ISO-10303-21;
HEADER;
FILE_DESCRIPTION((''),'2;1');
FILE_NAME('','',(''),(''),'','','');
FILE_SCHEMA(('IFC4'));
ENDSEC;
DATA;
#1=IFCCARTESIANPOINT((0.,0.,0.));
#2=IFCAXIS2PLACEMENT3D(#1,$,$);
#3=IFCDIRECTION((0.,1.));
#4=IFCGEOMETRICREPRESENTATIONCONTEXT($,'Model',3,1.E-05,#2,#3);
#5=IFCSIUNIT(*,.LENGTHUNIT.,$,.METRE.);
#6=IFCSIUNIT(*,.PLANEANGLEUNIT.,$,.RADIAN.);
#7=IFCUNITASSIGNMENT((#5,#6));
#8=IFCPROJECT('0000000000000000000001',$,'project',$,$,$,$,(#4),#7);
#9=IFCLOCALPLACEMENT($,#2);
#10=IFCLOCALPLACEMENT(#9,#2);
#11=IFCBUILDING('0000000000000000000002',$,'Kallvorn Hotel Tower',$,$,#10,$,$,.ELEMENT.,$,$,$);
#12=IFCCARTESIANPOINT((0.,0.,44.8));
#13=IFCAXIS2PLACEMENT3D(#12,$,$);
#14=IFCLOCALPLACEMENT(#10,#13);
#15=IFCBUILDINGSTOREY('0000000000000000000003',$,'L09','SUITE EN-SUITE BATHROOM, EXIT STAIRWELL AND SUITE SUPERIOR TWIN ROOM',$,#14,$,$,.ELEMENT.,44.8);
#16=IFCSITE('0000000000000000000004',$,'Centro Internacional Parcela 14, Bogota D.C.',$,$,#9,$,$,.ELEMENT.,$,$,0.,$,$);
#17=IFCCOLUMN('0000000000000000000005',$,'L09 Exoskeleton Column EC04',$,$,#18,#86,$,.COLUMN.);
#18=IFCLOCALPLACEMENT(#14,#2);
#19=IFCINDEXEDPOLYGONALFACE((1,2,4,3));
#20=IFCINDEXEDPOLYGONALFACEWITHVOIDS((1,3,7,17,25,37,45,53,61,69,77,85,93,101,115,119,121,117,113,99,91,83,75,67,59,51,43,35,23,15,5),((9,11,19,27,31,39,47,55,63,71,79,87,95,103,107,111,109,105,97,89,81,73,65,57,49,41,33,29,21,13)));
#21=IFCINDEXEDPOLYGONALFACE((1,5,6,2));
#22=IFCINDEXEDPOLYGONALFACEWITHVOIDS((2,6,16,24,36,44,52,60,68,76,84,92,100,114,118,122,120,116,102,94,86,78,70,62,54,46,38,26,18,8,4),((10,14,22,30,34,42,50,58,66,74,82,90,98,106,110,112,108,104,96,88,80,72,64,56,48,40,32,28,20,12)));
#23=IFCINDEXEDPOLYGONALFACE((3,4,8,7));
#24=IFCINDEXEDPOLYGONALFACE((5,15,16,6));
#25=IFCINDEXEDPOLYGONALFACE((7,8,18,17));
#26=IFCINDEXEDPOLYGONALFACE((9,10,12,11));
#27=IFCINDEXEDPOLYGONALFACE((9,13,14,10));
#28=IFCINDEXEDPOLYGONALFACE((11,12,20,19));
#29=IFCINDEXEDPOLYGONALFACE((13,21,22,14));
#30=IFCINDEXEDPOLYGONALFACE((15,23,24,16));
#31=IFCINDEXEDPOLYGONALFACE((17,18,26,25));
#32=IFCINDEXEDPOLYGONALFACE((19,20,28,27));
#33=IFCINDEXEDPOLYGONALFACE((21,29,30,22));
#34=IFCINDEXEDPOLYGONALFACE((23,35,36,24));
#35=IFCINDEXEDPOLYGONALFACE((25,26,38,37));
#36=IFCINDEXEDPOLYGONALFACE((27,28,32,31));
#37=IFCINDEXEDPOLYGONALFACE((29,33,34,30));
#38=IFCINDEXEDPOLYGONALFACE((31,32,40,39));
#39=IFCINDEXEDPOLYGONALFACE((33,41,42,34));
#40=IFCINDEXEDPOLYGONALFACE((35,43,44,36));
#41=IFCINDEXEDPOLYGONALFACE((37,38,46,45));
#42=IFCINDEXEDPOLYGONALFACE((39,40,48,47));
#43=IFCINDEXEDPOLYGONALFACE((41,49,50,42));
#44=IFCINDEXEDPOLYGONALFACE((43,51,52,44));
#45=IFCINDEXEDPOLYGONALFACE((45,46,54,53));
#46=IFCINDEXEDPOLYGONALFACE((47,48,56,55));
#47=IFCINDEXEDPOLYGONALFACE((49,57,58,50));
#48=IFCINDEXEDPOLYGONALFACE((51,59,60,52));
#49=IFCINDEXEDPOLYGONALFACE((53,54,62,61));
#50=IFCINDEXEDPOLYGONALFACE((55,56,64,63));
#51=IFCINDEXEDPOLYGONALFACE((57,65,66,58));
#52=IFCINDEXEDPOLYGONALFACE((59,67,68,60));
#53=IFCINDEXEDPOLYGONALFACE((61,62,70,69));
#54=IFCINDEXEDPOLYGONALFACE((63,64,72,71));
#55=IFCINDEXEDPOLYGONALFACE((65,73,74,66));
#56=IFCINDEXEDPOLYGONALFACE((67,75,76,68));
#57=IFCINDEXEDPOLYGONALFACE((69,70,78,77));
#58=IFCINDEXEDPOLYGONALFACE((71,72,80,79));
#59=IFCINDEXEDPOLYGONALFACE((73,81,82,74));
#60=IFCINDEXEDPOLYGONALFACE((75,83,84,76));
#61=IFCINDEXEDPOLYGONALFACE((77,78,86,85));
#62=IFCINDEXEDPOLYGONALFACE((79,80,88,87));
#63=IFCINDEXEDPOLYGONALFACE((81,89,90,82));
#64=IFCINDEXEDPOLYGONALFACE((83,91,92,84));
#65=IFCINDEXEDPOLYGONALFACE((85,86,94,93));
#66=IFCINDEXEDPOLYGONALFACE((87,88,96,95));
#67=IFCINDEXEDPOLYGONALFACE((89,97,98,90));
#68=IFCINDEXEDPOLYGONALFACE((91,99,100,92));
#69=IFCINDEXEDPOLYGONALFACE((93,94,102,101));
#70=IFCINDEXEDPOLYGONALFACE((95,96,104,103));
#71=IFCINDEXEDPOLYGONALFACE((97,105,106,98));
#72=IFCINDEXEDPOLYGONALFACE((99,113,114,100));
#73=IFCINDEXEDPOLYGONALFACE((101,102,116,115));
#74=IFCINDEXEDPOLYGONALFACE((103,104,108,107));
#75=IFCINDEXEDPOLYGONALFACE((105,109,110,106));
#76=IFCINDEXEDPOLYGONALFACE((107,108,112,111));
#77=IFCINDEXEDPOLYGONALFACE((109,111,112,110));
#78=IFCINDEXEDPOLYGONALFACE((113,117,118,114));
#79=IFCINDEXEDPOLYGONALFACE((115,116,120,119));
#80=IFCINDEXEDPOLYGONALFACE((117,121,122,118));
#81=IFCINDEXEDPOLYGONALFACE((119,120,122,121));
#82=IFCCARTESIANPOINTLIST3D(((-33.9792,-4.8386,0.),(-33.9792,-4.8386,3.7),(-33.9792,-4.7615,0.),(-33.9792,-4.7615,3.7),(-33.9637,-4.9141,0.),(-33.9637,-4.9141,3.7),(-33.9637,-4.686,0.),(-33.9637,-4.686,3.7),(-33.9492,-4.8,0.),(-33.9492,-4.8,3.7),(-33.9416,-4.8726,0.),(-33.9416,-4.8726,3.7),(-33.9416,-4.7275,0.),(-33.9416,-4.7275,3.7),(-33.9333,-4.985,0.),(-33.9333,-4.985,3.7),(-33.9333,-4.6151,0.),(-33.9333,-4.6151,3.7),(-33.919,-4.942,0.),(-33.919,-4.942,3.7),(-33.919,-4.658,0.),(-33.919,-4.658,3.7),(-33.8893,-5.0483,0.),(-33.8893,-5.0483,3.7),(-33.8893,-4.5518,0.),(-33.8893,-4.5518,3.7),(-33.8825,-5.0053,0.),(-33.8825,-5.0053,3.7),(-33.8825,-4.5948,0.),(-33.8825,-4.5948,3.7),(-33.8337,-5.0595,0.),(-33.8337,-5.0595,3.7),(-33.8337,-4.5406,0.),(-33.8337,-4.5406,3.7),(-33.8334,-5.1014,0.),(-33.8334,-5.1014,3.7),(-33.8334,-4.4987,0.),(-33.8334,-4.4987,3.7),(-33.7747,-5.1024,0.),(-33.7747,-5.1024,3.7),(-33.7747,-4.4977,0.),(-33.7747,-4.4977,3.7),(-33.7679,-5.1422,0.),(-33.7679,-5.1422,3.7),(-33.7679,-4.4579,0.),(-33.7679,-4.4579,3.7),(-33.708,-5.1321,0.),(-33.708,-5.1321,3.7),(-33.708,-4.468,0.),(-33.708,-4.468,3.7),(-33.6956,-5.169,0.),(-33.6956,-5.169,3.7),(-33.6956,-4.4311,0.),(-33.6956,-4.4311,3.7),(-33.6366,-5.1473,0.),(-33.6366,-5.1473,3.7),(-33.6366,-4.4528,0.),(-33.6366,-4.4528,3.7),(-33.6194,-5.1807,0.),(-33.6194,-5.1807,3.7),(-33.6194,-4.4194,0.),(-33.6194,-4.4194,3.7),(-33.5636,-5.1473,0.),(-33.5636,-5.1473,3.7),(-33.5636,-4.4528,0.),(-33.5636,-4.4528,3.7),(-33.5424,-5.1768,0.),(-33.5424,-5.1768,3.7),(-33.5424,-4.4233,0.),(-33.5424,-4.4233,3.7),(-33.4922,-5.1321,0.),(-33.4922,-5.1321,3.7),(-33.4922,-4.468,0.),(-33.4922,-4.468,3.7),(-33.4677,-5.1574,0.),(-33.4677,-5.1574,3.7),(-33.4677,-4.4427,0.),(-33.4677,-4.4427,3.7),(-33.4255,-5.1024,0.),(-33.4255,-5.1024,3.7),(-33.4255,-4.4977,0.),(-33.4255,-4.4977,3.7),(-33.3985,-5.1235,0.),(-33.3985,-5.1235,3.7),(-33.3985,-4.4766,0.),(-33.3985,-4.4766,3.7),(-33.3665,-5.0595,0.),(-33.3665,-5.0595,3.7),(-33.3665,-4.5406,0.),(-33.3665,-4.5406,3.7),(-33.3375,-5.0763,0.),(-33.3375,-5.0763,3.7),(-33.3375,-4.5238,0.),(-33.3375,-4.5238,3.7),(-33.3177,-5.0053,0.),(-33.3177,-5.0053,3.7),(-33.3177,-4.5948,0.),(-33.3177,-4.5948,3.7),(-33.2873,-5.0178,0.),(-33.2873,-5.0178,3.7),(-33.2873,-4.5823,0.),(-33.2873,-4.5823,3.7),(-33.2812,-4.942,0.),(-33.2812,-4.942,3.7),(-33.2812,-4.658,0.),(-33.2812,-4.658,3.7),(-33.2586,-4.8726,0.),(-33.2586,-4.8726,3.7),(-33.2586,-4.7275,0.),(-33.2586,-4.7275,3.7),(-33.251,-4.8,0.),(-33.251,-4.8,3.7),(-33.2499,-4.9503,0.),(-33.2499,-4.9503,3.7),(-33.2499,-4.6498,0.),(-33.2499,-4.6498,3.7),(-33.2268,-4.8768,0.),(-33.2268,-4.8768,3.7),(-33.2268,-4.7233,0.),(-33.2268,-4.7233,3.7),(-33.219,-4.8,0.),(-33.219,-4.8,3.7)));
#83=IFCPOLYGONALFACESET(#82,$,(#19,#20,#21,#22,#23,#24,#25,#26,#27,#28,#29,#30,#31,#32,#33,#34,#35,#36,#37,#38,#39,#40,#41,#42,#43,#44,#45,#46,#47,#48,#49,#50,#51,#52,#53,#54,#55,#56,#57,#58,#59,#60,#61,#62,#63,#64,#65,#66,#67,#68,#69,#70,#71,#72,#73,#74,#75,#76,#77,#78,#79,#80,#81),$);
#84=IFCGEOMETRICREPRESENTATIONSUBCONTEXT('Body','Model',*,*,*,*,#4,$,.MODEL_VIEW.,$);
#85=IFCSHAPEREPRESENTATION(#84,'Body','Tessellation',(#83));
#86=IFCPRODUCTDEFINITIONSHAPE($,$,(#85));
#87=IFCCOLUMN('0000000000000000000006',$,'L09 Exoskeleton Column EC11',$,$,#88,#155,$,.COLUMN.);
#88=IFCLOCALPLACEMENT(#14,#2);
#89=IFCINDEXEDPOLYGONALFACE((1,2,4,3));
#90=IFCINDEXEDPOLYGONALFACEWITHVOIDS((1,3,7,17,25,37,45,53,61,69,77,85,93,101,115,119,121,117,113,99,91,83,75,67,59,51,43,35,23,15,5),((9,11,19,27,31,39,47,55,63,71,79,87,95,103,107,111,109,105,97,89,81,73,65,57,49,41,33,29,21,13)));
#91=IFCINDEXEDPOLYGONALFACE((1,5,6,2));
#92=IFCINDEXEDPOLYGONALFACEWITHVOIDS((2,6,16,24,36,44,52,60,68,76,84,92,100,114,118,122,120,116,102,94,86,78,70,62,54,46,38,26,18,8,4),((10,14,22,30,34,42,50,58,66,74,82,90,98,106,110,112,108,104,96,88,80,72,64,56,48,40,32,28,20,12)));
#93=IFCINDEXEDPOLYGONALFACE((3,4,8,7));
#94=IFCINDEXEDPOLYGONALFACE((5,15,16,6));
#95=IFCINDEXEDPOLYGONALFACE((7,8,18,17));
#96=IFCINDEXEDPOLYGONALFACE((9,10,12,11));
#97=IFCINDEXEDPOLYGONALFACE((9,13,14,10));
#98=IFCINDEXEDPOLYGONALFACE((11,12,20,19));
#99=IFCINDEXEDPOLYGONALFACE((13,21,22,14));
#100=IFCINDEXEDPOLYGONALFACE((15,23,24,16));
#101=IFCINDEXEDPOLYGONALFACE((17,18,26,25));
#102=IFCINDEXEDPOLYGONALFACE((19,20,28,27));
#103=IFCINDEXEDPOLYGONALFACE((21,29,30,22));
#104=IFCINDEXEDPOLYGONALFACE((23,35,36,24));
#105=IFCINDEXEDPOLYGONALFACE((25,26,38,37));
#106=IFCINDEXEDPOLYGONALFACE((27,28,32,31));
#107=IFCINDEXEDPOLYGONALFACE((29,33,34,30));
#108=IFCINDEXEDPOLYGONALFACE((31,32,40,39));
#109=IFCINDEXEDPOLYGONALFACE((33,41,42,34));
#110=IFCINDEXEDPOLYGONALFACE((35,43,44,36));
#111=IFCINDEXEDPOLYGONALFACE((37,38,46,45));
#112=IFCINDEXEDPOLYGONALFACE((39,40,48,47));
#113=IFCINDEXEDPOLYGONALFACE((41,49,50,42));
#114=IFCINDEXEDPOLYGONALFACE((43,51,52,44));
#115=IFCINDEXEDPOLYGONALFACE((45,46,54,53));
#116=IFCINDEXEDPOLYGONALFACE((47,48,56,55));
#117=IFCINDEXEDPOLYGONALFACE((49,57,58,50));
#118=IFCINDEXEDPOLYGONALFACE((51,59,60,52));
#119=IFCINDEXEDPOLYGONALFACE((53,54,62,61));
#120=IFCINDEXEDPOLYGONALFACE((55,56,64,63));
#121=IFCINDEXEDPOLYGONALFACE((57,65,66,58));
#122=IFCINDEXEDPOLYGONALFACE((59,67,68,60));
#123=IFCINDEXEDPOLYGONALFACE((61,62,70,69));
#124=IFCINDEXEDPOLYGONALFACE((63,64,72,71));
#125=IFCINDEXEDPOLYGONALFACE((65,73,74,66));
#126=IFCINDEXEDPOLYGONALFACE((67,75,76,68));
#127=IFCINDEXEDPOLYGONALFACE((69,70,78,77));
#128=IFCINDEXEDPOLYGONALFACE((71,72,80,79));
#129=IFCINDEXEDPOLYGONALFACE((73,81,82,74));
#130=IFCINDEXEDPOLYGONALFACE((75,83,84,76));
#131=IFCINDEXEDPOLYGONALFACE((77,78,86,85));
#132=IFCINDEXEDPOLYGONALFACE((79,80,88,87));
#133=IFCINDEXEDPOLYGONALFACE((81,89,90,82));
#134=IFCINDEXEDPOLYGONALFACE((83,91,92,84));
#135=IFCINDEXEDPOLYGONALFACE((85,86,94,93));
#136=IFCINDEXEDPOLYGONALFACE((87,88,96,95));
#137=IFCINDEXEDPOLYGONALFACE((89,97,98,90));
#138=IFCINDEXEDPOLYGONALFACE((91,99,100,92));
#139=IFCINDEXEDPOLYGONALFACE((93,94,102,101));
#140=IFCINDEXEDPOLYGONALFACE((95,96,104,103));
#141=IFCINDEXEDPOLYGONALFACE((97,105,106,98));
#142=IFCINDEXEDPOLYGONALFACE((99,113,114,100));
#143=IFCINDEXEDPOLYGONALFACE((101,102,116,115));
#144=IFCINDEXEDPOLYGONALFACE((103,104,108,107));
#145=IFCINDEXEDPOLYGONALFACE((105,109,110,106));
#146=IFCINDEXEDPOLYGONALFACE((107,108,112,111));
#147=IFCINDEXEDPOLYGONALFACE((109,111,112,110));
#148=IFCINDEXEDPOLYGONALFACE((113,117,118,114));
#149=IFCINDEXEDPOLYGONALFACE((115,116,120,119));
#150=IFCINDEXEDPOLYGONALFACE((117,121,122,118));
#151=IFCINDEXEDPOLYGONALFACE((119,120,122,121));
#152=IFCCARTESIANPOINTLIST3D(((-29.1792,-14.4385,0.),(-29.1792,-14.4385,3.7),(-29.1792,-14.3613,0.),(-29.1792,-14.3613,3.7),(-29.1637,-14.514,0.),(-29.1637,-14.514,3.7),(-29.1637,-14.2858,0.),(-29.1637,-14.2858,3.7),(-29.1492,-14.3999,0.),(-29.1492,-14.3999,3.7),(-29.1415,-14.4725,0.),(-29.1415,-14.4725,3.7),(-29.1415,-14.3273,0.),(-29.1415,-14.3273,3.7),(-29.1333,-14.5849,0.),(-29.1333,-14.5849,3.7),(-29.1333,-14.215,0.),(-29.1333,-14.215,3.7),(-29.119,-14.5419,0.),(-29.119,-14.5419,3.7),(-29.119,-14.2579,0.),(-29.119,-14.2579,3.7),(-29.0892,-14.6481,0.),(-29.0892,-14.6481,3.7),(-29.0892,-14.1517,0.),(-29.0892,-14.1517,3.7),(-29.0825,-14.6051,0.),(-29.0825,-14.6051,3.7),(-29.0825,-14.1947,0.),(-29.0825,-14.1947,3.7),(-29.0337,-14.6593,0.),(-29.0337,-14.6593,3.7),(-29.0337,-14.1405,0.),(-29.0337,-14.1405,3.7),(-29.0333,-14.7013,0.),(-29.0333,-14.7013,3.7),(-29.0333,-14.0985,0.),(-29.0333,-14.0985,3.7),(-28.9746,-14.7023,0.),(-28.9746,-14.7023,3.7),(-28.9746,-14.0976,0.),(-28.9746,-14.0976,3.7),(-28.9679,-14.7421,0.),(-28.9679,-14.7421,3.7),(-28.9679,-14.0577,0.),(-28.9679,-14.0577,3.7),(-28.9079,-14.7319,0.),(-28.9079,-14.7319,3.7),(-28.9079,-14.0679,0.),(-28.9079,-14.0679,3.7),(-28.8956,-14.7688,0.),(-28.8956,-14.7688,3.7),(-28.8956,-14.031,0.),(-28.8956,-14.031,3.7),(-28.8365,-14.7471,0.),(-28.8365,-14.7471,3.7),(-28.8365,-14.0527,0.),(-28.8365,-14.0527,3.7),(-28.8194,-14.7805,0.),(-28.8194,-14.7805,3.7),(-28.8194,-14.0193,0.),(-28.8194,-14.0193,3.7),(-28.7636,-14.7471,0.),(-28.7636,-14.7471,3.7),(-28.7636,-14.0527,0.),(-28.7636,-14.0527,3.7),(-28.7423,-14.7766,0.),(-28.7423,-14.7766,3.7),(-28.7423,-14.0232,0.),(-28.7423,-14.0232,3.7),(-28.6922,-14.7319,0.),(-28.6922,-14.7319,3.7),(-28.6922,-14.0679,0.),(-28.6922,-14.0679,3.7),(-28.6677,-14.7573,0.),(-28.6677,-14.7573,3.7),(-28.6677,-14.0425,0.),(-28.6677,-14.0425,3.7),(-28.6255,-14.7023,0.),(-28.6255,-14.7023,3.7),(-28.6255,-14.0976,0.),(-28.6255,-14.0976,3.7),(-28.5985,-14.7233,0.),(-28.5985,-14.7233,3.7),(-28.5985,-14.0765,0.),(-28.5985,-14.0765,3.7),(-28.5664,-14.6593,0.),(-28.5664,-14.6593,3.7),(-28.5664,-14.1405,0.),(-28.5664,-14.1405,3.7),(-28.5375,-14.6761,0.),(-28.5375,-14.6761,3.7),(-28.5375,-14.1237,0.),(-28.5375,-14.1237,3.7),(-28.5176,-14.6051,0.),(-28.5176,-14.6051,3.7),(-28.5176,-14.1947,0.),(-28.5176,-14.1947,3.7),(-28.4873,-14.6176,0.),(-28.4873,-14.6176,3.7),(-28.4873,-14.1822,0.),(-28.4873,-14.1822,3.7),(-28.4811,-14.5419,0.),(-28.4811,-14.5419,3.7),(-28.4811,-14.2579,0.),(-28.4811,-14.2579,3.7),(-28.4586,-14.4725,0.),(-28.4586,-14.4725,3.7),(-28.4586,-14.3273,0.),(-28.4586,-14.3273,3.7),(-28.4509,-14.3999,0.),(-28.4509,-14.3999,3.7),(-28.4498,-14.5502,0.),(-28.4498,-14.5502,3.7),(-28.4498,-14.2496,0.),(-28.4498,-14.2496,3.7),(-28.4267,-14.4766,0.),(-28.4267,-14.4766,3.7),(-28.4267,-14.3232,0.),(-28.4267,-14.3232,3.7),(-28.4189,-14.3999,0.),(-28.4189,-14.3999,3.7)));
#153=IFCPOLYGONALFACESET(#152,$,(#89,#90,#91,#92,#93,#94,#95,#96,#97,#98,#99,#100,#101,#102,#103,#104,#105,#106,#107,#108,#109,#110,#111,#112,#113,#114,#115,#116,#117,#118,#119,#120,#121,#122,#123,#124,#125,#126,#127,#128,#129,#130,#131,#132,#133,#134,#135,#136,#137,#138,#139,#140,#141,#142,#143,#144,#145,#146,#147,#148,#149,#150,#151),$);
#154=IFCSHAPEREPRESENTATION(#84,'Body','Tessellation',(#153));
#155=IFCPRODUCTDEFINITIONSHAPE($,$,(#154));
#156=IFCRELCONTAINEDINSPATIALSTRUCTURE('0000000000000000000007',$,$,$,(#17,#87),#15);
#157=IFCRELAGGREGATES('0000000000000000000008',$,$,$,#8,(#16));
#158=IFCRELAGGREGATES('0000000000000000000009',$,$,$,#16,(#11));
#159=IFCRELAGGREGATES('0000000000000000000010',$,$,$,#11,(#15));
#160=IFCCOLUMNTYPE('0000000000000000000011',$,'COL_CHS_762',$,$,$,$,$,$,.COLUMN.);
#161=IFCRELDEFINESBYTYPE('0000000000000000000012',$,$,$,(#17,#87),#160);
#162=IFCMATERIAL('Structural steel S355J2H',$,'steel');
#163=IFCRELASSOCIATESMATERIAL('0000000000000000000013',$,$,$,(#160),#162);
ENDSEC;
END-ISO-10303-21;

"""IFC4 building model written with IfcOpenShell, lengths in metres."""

from ifc_helpers import new_model, si_unit, direction, frame, origin, origin_2d, place, context, subcontext, project, spatial, hollow_circle, extrude, material, material_profile, profile_set, type_object, element, save


model = new_model("IFC4")

# Units and contexts
model_context = context("Model", 3, precision=1e-05, world=origin(), true_north=direction((0.0, 1.0)))
body_context = subcontext(model_context, "Body", "Model", "MODEL_VIEW")
ifc_project = project(units=[si_unit("LENGTHUNIT", "METRE"), si_unit("PLANEANGLEUNIT", "RADIAN")], contexts=[model_context])

# Site, building, storey
site_placement = place(None, origin())
site = spatial("IfcSite", under=ifc_project, at=site_placement, Name="Centro Internacional Parcela 14, Bogota D.C.", CompositionType="ELEMENT", RefElevation=0.0)
building_placement = place(site_placement, origin())
building = spatial("IfcBuilding", under=site, at=building_placement, Name="Kallvorn Hotel Tower", CompositionType="ELEMENT")
storey_placement = place(building_placement, frame((0.0, 0.0, 44.8)))
storey = spatial("IfcBuildingStorey", under=building, at=storey_placement, Name="L09", Description="SUITE EN-SUITE BATHROOM, EXIT STAIRWELL AND SUITE SUPERIOR TWIN ROOM", CompositionType="ELEMENT", Elevation=44.8)

# Columns
ifc_material_1 = material(Name="Structural steel S355J2H", Category="steel")
ifc_material_profile_1 = material_profile(ifc_material_1, hollow_circle(Radius=0.3811, WallThickness=0.032, at=origin_2d()), Name="CHS 762x32")
ifc_profile_set_1 = profile_set([ifc_material_profile_1], Name="Structural steel S355J2H")
column_type = type_object("IfcColumnType", Name="COL_CHS_762", PredefinedType="COLUMN", material=ifc_profile_set_1)
for number, where, z_axis, x_axis, name in (
    (1, (-33.6001, -4.8, 0.0), (0.0, 0.0, 1.0), (1.0, 0.0, 0.0), "L09 Exoskeleton Column EC04"),
    (2, (-28.8, -14.3999, 0.0), (0.0, 0.0, 1.0), (1.0, 0.0, 0.0), "L09 Exoskeleton Column EC11"),
):
    element("IfcColumn", number, at=place(storey_placement, frame(where, z_axis=z_axis, x_axis=x_axis)), inside=storey, type_object=column_type, Name=name, PredefinedType="COLUMN", context=body_context, shape_type="SweptSolid", body=[
        extrude(hollow_circle(Radius=0.3811, WallThickness=0.032, at=origin_2d()), origin(), (0.0, 0.0, 1.0), 3.7),
    ])

save(model, "model.ifc")
